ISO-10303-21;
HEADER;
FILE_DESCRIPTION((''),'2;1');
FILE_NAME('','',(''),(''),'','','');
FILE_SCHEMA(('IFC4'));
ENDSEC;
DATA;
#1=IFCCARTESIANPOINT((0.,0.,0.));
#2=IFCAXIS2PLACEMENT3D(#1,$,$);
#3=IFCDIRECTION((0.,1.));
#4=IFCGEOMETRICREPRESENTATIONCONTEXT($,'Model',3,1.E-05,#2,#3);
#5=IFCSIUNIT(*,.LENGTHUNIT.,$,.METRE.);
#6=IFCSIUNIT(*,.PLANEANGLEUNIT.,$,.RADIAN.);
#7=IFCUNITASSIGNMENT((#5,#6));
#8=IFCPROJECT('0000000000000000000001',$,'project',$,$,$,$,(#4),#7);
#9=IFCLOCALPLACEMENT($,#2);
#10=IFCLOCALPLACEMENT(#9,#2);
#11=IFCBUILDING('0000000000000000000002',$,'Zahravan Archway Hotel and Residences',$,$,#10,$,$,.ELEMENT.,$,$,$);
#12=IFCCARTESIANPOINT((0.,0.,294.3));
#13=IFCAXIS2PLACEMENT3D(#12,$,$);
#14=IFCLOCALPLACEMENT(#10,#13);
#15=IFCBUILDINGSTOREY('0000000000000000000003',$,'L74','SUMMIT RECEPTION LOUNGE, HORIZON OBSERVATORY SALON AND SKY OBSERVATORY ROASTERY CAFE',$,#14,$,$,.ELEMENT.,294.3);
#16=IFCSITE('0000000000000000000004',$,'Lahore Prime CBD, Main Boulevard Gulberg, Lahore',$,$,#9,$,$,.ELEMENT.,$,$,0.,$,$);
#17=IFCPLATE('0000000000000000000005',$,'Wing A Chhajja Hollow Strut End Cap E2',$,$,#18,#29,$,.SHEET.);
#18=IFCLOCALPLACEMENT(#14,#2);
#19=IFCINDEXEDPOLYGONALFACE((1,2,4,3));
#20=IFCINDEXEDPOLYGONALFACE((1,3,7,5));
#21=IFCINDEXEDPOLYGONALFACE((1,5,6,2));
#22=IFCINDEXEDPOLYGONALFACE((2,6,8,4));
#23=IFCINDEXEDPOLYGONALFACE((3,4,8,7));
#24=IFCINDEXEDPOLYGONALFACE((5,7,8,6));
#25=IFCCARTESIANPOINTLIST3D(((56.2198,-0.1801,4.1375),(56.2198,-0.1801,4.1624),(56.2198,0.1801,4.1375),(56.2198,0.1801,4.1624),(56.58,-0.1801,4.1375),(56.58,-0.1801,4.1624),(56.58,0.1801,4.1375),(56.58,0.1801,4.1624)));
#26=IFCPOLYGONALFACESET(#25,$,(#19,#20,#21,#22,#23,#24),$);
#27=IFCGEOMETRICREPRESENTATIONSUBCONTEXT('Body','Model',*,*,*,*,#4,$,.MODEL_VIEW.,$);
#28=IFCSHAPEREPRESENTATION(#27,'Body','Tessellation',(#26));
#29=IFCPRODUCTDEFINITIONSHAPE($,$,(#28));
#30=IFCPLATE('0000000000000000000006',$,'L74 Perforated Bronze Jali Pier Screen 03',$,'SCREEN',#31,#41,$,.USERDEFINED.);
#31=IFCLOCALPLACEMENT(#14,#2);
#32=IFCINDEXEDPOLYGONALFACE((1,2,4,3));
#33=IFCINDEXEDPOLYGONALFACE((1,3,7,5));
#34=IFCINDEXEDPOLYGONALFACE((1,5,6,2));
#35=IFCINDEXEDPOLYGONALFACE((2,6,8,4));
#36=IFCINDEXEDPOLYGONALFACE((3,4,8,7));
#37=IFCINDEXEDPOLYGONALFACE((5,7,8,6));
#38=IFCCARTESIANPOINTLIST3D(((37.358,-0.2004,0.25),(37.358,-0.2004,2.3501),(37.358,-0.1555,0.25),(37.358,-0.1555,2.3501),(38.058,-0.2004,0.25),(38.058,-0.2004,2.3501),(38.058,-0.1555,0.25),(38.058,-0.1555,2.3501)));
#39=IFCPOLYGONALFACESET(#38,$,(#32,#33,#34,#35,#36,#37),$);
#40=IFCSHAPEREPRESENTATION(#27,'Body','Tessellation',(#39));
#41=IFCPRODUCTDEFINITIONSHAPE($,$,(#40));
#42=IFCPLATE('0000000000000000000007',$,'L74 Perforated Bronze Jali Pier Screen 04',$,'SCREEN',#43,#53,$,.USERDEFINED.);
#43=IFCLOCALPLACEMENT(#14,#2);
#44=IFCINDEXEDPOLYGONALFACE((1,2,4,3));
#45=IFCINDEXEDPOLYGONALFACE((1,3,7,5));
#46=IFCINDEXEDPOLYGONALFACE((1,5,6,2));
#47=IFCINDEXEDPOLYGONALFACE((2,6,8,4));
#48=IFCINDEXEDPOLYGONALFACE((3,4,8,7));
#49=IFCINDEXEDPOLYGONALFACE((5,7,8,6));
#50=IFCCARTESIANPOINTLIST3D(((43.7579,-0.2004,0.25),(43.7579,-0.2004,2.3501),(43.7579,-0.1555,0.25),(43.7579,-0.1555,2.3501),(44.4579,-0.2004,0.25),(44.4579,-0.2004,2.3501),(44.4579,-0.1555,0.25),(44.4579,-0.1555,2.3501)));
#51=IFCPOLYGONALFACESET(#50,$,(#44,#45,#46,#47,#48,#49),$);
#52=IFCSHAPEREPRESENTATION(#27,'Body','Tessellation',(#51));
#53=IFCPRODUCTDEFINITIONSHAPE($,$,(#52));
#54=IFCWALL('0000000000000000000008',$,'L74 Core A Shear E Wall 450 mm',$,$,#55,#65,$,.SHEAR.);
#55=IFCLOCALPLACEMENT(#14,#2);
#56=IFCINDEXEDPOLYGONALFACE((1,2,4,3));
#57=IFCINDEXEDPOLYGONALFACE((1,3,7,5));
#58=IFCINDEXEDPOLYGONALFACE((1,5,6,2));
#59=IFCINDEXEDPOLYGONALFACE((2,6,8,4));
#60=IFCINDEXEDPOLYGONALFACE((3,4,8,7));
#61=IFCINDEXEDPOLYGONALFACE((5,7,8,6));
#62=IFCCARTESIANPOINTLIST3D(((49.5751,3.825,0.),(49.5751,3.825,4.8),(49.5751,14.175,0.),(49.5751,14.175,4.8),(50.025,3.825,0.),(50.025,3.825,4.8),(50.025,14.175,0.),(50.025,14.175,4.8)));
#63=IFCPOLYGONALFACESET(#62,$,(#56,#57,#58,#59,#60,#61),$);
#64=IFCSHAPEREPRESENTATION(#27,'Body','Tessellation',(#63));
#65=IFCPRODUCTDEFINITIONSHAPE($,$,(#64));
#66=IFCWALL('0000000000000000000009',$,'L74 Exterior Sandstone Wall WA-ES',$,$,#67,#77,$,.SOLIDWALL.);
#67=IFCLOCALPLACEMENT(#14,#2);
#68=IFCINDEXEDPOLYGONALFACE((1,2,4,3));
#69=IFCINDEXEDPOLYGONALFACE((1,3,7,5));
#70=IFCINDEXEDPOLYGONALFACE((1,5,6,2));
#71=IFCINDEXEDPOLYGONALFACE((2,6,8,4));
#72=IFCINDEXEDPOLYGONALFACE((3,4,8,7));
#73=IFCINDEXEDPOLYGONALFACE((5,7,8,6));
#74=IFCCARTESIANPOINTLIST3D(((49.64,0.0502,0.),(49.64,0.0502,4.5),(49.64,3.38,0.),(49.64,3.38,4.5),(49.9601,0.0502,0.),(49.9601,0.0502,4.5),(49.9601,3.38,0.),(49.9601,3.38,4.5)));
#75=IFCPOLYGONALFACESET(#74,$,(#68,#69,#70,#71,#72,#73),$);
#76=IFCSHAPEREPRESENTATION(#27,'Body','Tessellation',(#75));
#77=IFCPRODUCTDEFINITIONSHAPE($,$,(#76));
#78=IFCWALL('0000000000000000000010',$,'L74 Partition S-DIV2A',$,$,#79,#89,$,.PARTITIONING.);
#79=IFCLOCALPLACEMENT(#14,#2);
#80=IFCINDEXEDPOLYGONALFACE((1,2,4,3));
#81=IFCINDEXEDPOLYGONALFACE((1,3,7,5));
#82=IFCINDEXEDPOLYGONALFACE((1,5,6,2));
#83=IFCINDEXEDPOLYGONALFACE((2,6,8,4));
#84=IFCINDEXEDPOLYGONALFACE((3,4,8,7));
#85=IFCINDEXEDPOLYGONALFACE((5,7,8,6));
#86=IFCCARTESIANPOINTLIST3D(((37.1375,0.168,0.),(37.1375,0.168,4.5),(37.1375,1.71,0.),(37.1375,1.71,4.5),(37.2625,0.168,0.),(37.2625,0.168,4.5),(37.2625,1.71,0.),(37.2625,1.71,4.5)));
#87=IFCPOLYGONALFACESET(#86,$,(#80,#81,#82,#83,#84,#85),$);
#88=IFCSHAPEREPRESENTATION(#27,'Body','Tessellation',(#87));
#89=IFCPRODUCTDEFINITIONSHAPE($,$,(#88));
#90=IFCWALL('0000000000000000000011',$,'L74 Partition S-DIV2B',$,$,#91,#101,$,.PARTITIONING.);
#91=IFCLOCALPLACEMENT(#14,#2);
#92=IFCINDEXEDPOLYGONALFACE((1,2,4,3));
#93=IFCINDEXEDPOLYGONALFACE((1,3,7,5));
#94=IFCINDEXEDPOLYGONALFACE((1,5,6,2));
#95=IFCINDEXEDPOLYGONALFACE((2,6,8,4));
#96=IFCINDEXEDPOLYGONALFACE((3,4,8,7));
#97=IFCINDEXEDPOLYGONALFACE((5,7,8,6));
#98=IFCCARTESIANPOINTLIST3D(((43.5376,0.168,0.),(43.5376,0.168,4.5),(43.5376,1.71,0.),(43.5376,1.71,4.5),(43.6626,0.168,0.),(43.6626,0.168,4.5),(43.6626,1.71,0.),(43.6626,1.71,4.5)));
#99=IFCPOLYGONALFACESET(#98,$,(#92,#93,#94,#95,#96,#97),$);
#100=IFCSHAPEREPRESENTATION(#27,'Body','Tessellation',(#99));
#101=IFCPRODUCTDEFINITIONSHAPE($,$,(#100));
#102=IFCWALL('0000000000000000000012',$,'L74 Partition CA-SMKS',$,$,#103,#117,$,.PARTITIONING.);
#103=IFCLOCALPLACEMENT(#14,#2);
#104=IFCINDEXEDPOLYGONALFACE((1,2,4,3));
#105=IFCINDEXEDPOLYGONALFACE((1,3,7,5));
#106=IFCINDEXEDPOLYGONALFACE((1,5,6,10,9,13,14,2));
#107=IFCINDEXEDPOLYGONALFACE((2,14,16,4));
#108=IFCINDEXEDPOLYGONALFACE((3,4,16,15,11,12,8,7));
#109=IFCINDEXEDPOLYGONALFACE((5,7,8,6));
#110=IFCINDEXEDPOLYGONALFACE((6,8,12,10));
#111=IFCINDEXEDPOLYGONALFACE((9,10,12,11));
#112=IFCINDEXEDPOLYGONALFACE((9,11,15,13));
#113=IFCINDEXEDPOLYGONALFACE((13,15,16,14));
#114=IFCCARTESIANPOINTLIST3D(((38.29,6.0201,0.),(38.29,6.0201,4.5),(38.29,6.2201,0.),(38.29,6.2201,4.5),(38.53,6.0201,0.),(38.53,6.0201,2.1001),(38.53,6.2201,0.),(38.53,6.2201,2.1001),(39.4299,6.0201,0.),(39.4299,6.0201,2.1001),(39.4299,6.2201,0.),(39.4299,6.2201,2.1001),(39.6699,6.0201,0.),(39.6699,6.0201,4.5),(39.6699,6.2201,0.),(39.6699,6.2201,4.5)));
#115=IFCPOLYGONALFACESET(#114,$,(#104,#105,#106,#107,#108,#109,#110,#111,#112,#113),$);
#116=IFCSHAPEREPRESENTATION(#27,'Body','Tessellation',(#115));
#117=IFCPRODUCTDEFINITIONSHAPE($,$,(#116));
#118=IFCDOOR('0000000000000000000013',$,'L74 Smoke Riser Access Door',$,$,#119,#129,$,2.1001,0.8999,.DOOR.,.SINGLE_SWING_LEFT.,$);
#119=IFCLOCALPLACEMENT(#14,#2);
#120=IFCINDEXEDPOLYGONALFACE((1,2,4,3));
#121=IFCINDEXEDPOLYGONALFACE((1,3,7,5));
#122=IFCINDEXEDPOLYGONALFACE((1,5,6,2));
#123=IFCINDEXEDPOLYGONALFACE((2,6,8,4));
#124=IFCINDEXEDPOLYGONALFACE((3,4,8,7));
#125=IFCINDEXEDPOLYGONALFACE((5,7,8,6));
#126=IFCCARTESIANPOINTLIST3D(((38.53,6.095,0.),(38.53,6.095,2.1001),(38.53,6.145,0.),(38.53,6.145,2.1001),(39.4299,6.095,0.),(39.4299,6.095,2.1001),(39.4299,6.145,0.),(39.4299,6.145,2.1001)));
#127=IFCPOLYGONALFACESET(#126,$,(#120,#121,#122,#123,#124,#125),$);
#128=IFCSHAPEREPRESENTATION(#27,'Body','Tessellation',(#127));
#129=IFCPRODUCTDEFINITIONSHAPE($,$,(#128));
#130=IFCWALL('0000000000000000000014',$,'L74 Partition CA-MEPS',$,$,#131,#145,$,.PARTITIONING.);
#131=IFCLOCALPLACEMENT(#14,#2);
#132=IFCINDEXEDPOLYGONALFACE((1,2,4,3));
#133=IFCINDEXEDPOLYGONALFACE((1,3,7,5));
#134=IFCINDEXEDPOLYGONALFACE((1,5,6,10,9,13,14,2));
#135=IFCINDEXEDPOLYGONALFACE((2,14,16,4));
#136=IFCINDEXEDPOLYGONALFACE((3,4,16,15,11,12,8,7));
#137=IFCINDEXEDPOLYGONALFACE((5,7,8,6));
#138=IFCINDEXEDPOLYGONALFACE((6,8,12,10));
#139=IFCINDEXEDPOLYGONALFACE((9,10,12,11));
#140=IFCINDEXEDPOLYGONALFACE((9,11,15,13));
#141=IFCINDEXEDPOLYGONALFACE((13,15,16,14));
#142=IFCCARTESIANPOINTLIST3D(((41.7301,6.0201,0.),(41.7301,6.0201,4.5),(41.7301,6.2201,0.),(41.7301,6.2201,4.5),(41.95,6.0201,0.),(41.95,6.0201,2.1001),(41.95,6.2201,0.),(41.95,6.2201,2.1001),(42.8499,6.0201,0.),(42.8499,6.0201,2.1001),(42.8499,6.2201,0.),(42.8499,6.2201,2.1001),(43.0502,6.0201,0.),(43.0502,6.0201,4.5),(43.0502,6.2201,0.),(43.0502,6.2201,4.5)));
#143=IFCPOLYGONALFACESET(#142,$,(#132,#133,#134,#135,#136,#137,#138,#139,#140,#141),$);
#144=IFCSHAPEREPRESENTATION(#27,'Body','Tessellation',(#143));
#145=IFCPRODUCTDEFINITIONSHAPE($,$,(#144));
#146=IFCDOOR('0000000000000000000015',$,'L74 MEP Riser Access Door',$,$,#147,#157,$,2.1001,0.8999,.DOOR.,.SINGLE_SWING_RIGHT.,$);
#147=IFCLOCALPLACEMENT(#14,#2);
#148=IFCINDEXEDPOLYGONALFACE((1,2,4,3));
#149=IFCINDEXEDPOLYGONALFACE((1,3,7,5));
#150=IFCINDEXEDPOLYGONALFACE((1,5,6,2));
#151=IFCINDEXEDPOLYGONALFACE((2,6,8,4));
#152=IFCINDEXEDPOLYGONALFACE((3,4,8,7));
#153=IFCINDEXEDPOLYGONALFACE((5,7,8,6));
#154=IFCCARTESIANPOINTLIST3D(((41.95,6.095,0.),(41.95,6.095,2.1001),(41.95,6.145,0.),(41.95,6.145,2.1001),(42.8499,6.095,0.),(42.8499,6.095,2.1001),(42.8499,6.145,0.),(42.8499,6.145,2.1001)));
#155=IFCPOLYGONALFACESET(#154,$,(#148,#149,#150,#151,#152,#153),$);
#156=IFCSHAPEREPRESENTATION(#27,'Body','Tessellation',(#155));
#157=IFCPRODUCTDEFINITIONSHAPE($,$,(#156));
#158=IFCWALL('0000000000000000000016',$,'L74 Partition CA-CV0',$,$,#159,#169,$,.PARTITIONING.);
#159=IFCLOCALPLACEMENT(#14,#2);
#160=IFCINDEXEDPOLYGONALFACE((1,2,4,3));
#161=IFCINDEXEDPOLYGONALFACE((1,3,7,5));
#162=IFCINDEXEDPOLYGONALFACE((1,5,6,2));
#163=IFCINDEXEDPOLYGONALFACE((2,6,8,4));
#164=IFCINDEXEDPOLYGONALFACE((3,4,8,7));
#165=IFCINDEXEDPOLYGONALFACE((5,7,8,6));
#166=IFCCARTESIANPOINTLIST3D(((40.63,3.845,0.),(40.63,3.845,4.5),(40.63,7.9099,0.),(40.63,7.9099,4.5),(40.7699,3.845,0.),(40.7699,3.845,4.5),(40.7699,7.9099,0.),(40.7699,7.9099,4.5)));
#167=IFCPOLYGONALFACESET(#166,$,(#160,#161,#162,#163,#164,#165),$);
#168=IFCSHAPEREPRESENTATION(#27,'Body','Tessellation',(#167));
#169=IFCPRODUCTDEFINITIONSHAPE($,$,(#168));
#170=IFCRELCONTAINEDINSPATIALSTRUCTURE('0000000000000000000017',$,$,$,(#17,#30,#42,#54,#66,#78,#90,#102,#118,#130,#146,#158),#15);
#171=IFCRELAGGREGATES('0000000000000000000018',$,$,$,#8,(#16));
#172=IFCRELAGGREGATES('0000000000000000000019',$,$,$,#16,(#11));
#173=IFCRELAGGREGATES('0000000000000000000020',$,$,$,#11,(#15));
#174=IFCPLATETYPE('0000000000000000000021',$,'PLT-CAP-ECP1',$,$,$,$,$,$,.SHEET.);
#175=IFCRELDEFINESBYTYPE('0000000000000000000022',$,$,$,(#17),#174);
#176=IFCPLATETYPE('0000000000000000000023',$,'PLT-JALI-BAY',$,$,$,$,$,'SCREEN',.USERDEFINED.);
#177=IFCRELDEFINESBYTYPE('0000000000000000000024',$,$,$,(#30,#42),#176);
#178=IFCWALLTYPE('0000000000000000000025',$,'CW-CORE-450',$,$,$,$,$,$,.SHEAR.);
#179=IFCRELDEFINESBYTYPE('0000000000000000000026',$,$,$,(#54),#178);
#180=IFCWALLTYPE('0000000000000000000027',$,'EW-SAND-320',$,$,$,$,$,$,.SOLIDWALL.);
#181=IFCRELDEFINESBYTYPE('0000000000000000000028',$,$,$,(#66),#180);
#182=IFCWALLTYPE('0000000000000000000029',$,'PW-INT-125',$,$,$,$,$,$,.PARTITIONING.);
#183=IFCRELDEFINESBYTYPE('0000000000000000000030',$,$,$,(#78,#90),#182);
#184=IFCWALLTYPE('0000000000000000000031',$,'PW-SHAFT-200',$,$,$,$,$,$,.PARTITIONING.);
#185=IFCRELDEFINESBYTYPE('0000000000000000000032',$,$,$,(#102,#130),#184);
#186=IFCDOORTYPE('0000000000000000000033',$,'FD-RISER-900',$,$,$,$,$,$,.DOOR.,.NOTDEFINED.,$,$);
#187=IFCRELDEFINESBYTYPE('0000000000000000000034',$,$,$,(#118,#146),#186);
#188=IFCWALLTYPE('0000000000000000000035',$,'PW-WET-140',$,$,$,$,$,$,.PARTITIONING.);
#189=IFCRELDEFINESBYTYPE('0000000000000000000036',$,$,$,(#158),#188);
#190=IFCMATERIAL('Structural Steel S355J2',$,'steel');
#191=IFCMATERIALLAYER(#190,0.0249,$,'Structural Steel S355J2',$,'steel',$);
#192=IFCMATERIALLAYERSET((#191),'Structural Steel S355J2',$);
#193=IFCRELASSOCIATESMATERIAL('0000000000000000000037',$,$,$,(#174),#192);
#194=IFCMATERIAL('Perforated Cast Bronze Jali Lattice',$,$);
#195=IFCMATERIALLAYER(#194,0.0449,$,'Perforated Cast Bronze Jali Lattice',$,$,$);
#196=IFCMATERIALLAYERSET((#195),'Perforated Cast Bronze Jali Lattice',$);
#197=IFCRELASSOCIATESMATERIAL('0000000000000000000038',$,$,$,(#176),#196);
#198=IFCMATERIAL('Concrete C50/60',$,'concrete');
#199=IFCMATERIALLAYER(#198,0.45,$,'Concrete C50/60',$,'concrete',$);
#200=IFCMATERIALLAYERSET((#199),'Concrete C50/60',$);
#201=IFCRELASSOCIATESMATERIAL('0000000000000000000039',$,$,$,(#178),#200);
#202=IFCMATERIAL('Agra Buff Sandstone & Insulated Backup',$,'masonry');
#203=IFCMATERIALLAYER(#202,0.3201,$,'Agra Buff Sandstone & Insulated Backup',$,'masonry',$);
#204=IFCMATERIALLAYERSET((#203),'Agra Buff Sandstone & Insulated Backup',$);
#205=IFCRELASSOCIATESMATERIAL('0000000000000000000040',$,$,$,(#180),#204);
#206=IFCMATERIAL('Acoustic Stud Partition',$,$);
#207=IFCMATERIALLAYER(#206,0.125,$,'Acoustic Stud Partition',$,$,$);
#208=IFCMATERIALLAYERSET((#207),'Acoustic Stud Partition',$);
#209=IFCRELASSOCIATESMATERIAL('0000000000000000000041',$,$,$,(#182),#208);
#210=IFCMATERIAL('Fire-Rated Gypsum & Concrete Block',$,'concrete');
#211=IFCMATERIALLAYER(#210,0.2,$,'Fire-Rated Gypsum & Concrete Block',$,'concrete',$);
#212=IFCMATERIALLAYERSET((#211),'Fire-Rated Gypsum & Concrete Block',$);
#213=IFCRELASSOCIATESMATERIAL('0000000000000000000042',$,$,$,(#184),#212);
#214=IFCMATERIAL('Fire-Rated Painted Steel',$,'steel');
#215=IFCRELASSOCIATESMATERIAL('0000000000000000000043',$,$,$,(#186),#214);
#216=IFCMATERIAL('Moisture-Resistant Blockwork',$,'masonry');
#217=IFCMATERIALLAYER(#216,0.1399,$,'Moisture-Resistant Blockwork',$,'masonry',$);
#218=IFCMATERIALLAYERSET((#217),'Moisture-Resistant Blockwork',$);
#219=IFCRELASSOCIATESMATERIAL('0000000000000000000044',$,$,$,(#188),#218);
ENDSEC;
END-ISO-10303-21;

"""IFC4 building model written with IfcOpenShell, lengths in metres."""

from ifc_helpers import new_model, si_unit, direction, frame, frame_2d, origin, origin_2d, place, context, subcontext, project, spatial, rectangle, extrude, source, transform, mapped, material, layer, layer_set, type_object, type_shapes, element, fill, save


model = new_model("IFC4")

# Units and contexts
model_context = context("Model", 3, precision=1e-05, world=origin(), true_north=direction((0.0, 1.0)))
body_context = subcontext(model_context, "Body", "Model", "MODEL_VIEW")
ifc_project = project(units=[si_unit("LENGTHUNIT", "METRE"), si_unit("PLANEANGLEUNIT", "RADIAN")], contexts=[model_context])

# Site, building, storey
site_placement = place(None, origin())
site = spatial("IfcSite", under=ifc_project, at=site_placement, Name="Lahore Prime CBD, Main Boulevard Gulberg, Lahore", CompositionType="ELEMENT", RefElevation=0.0)
building_placement = place(site_placement, origin())
building = spatial("IfcBuilding", under=site, at=building_placement, Name="Zahravan Archway Hotel and Residences", CompositionType="ELEMENT")
storey_placement = place(building_placement, frame((0.0, 0.0, 294.3)))
storey = spatial("IfcBuildingStorey", under=building, at=storey_placement, Name="L74", Description="SUMMIT RECEPTION LOUNGE, HORIZON OBSERVATORY SALON AND SKY OBSERVATORY ROASTERY CAFE", CompositionType="ELEMENT", Elevation=294.3)

# Shared definitions
ifc_material_1 = material(Name="Concrete C50/60", Category="concrete")

# Shared definitions
ifc_material_2 = material(Name="Structural Steel S355J2", Category="steel")

# Plates
ifc_layer_1 = layer(ifc_material_2, 0.0249, Name="Structural Steel S355J2", Category="steel")
ifc_layer_set_1 = layer_set([ifc_layer_1], Name="Structural Steel S355J2")
plate_type_1 = type_object("IfcPlateType", Name="PLT-CAP-ECP1", PredefinedType="SHEET", material=ifc_layer_set_1)
shared_shape_1 = source(origin(), body_context, "Body", "SweptSolid", [
    extrude(rectangle(XDim=0.3601, YDim=0.3601, at=origin_2d()), origin(), (0.0, 0.0, 1.0), 0.0249),
])
type_shapes(plate_type_1, [shared_shape_1])
plate_placement = place(storey_placement, frame((56.3999, 0.0, 4.1375), z_axis=(0.0, 0.0, 1.0), x_axis=(1.0, 0.0, 0.0)))
element("IfcPlate", 1, at=plate_placement, inside=storey, type_object=plate_type_1, Name="Wing A Chhajja Hollow Strut End Cap E2", PredefinedType="SHEET", context=body_context, shape_type="MappedRepresentation", body=[
    mapped(shared_shape_1, transform((0.0, 0.0, 0.0), scale=1.0)),
])
ifc_material_3 = material(Name="Perforated Cast Bronze Jali Lattice")
ifc_layer_2 = layer(ifc_material_3, 0.0449, Name="Perforated Cast Bronze Jali Lattice")
ifc_layer_set_2 = layer_set([ifc_layer_2], Name="Perforated Cast Bronze Jali Lattice")
plate_type_2 = type_object("IfcPlateType", Name="PLT-JALI-BAY", ElementType="SCREEN", PredefinedType="USERDEFINED", material=ifc_layer_set_2)
shared_shape_2 = source(origin(), body_context, "Body", "SweptSolid", [
    extrude(rectangle(XDim=0.7, YDim=0.0449, at=origin_2d()), origin(), (0.0, 0.0, 1.0), 2.1001),
])
type_shapes(plate_type_2, [shared_shape_2])
for number, where, z_axis, x_axis, name in (
    (2, (37.708, -0.178, 0.25), (0.0, 0.0, 1.0), (1.0, 0.0, 0.0), "L74 Perforated Bronze Jali Pier Screen 03"),
    (3, (44.1079, -0.178, 0.25), (0.0, 0.0, 1.0), (1.0, 0.0, 0.0), "L74 Perforated Bronze Jali Pier Screen 04"),
):
    element("IfcPlate", number, at=place(storey_placement, frame(where, z_axis=z_axis, x_axis=x_axis)), inside=storey, type_object=plate_type_2, Name=name, ObjectType="SCREEN", PredefinedType="USERDEFINED", context=body_context, shape_type="MappedRepresentation", body=[
        mapped(shared_shape_2, transform((0.0, 0.0, 0.0), scale=1.0)),
    ])

# Walls
ifc_layer_3 = layer(ifc_material_1, 0.45, Name="Concrete C50/60", Category="concrete")
ifc_layer_set_3 = layer_set([ifc_layer_3], Name="Concrete C50/60")
wall_type_1 = type_object("IfcWallType", Name="CW-CORE-450", PredefinedType="SHEAR", material=ifc_layer_set_3)
wall_1_placement = place(storey_placement, frame((49.8, 3.825, 0.0), z_axis=(0.0, 0.0, 1.0), x_axis=(0.0, 1.0, 0.0)))
element("IfcWall", 4, at=wall_1_placement, inside=storey, type_object=wall_type_1, Name="L74 Core A Shear E Wall 450 mm", PredefinedType="SHEAR", context=body_context, shape_type="SweptSolid", body=[
    extrude(rectangle(XDim=10.3501, YDim=0.45, at=frame_2d((5.175, 0.0))), origin(), (0.0, 0.0, 1.0), 4.8),
])
ifc_material_4 = material(Name="Agra Buff Sandstone & Insulated Backup", Category="masonry")
ifc_layer_4 = layer(ifc_material_4, 0.3201, Name="Agra Buff Sandstone & Insulated Backup", Category="masonry")
ifc_layer_set_4 = layer_set([ifc_layer_4], Name="Agra Buff Sandstone & Insulated Backup")
wall_type_2 = type_object("IfcWallType", Name="EW-SAND-320", PredefinedType="SOLIDWALL", material=ifc_layer_set_4)
wall_2_placement = place(storey_placement, frame((49.8, 0.05, 0.0), z_axis=(0.0, 0.0, 1.0), x_axis=(0.0, 1.0, 0.0)))
element("IfcWall", 5, at=wall_2_placement, inside=storey, type_object=wall_type_2, Name="L74 Exterior Sandstone Wall WA-ES", PredefinedType="SOLIDWALL", context=body_context, shape_type="SweptSolid", body=[
    extrude(rectangle(XDim=3.3298, YDim=0.3201, at=frame_2d((1.665, 0.0))), origin(), (0.0, 0.0, 1.0), 4.5),
])
ifc_material_5 = material(Name="Acoustic Stud Partition")
ifc_layer_5 = layer(ifc_material_5, 0.125, Name="Acoustic Stud Partition")
ifc_layer_set_5 = layer_set([ifc_layer_5], Name="Acoustic Stud Partition")
wall_type_3 = type_object("IfcWallType", Name="PW-INT-125", PredefinedType="PARTITIONING", material=ifc_layer_set_5)
for number, where, z_axis, x_axis, name in (
    (6, (37.2, 0.168, 0.0), (0.0, 0.0, 1.0), (0.0, 1.0, 0.0), "L74 Partition S-DIV2A"),
    (7, (43.6001, 0.168, 0.0), (0.0, 0.0, 1.0), (0.0, 1.0, 0.0), "L74 Partition S-DIV2B"),
):
    element("IfcWall", number, at=place(storey_placement, frame(where, z_axis=z_axis, x_axis=x_axis)), inside=storey, type_object=wall_type_3, Name=name, PredefinedType="PARTITIONING", context=body_context, shape_type="SweptSolid", body=[
        extrude(rectangle(XDim=1.542, YDim=0.125, at=frame_2d((0.771, 0.0))), origin(), (0.0, 0.0, 1.0), 4.5),
    ])

# Walls, openings, doors
ifc_material_6 = material(Name="Fire-Rated Gypsum & Concrete Block", Category="concrete")
ifc_layer_6 = layer(ifc_material_6, 0.2, Name="Fire-Rated Gypsum & Concrete Block", Category="concrete")
ifc_layer_set_6 = layer_set([ifc_layer_6], Name="Fire-Rated Gypsum & Concrete Block")
wall_type_4 = type_object("IfcWallType", Name="PW-SHAFT-200", PredefinedType="PARTITIONING", material=ifc_layer_set_6)
wall_3_placement = place(storey_placement, frame((38.29, 6.1201, 0.0), z_axis=(0.0, 0.0, 1.0), x_axis=(1.0, 0.0, 0.0)))
wall_3 = element("IfcWall", 8, at=wall_3_placement, inside=storey, type_object=wall_type_4, Name="L74 Partition CA-SMKS", PredefinedType="PARTITIONING", context=body_context, shape_type="SweptSolid", body=[
    extrude(rectangle(XDim=1.3799, YDim=0.2, at=frame_2d((0.6899, 0.0))), origin(), (0.0, 0.0, 1.0), 4.5),
])
opening_1_placement = place(wall_3_placement, frame((0.24, 0.0, 0.0)))
opening_1 = element("IfcOpeningElement", 9, at=opening_1_placement, cuts=wall_3, PredefinedType="OPENING", context=body_context, shape_type="SweptSolid", body=[
    extrude(rectangle(XDim=0.8999, YDim=2.1001, at=frame_2d((0.45, 1.05))), frame((0.0, 0.1099, 0.0), z_axis=(0.0, -1.0, 0.0), x_axis=(1.0, 0.0, 0.0)), (0.0, 0.0, 1.0), 0.22),
])
ifc_material_7 = material(Name="Fire-Rated Painted Steel", Category="steel")
door_type = type_object("IfcDoorType", Name="FD-RISER-900", OperationType="NOTDEFINED", PredefinedType="DOOR", material=ifc_material_7)
shared_shape_3 = source(origin(), body_context, "Body", "SweptSolid", [
    extrude(rectangle(XDim=0.8999, YDim=2.1001, at=frame_2d((0.45, 1.05))), frame((0.0, 0.0249, 0.0), z_axis=(0.0, -1.0, 0.0), x_axis=(1.0, 0.0, 0.0)), (0.0, 0.0, 1.0), 0.05),
])
type_shapes(door_type, [shared_shape_3])
door_1_placement = place(opening_1_placement, origin())
door_1 = element("IfcDoor", 10, at=door_1_placement, inside=storey, type_object=door_type, Name="L74 Smoke Riser Access Door", OperationType="SINGLE_SWING_LEFT", OverallHeight=2.1001, OverallWidth=0.8999, PredefinedType="DOOR", context=body_context, shape_type="MappedRepresentation", body=[
    mapped(shared_shape_3, transform((0.0, 0.0, 0.0), scale=1.0)),
])
fill(opening_1, door_1)
wall_4_placement = place(storey_placement, frame((41.73, 6.1201, 0.0), z_axis=(0.0, 0.0, 1.0), x_axis=(1.0, 0.0, 0.0)))
wall_4 = element("IfcWall", 11, at=wall_4_placement, inside=storey, type_object=wall_type_4, Name="L74 Partition CA-MEPS", PredefinedType="PARTITIONING", context=body_context, shape_type="SweptSolid", body=[
    extrude(rectangle(XDim=1.3201, YDim=0.2, at=frame_2d((0.6602, 0.0))), origin(), (0.0, 0.0, 1.0), 4.5),
])
opening_2_placement = place(wall_4_placement, frame((0.22, 0.0, 0.0)))
opening_2 = element("IfcOpeningElement", 12, at=opening_2_placement, cuts=wall_4, PredefinedType="OPENING", context=body_context, shape_type="SweptSolid", body=[
    extrude(rectangle(XDim=0.8999, YDim=2.1001, at=frame_2d((0.45, 1.05))), frame((0.0, 0.1099, 0.0), z_axis=(0.0, -1.0, 0.0), x_axis=(1.0, 0.0, 0.0)), (0.0, 0.0, 1.0), 0.22),
])
door_2_placement = place(opening_2_placement, origin())
door_2 = element("IfcDoor", 13, at=door_2_placement, inside=storey, type_object=door_type, Name="L74 MEP Riser Access Door", OperationType="SINGLE_SWING_RIGHT", OverallHeight=2.1001, OverallWidth=0.8999, PredefinedType="DOOR", context=body_context, shape_type="MappedRepresentation", body=[
    mapped(shared_shape_3, transform((0.0, 0.0, 0.0), scale=1.0)),
])
fill(opening_2, door_2)

# Wall
ifc_material_8 = material(Name="Moisture-Resistant Blockwork", Category="masonry")
ifc_layer_7 = layer(ifc_material_8, 0.1399, Name="Moisture-Resistant Blockwork", Category="masonry")
ifc_layer_set_7 = layer_set([ifc_layer_7], Name="Moisture-Resistant Blockwork")
wall_type_5 = type_object("IfcWallType", Name="PW-WET-140", PredefinedType="PARTITIONING", material=ifc_layer_set_7)
wall_5_placement = place(storey_placement, frame((40.7, 3.845, 0.0), z_axis=(0.0, 0.0, 1.0), x_axis=(0.0, 1.0, 0.0)))
element("IfcWall", 14, at=wall_5_placement, inside=storey, type_object=wall_type_5, Name="L74 Partition CA-CV0", PredefinedType="PARTITIONING", context=body_context, shape_type="SweptSolid", body=[
    extrude(rectangle(XDim=4.0649, YDim=0.1399, at=frame_2d((2.0325, 0.0))), origin(), (0.0, 0.0, 1.0), 4.5),
])

save(model, "model.ifc")
